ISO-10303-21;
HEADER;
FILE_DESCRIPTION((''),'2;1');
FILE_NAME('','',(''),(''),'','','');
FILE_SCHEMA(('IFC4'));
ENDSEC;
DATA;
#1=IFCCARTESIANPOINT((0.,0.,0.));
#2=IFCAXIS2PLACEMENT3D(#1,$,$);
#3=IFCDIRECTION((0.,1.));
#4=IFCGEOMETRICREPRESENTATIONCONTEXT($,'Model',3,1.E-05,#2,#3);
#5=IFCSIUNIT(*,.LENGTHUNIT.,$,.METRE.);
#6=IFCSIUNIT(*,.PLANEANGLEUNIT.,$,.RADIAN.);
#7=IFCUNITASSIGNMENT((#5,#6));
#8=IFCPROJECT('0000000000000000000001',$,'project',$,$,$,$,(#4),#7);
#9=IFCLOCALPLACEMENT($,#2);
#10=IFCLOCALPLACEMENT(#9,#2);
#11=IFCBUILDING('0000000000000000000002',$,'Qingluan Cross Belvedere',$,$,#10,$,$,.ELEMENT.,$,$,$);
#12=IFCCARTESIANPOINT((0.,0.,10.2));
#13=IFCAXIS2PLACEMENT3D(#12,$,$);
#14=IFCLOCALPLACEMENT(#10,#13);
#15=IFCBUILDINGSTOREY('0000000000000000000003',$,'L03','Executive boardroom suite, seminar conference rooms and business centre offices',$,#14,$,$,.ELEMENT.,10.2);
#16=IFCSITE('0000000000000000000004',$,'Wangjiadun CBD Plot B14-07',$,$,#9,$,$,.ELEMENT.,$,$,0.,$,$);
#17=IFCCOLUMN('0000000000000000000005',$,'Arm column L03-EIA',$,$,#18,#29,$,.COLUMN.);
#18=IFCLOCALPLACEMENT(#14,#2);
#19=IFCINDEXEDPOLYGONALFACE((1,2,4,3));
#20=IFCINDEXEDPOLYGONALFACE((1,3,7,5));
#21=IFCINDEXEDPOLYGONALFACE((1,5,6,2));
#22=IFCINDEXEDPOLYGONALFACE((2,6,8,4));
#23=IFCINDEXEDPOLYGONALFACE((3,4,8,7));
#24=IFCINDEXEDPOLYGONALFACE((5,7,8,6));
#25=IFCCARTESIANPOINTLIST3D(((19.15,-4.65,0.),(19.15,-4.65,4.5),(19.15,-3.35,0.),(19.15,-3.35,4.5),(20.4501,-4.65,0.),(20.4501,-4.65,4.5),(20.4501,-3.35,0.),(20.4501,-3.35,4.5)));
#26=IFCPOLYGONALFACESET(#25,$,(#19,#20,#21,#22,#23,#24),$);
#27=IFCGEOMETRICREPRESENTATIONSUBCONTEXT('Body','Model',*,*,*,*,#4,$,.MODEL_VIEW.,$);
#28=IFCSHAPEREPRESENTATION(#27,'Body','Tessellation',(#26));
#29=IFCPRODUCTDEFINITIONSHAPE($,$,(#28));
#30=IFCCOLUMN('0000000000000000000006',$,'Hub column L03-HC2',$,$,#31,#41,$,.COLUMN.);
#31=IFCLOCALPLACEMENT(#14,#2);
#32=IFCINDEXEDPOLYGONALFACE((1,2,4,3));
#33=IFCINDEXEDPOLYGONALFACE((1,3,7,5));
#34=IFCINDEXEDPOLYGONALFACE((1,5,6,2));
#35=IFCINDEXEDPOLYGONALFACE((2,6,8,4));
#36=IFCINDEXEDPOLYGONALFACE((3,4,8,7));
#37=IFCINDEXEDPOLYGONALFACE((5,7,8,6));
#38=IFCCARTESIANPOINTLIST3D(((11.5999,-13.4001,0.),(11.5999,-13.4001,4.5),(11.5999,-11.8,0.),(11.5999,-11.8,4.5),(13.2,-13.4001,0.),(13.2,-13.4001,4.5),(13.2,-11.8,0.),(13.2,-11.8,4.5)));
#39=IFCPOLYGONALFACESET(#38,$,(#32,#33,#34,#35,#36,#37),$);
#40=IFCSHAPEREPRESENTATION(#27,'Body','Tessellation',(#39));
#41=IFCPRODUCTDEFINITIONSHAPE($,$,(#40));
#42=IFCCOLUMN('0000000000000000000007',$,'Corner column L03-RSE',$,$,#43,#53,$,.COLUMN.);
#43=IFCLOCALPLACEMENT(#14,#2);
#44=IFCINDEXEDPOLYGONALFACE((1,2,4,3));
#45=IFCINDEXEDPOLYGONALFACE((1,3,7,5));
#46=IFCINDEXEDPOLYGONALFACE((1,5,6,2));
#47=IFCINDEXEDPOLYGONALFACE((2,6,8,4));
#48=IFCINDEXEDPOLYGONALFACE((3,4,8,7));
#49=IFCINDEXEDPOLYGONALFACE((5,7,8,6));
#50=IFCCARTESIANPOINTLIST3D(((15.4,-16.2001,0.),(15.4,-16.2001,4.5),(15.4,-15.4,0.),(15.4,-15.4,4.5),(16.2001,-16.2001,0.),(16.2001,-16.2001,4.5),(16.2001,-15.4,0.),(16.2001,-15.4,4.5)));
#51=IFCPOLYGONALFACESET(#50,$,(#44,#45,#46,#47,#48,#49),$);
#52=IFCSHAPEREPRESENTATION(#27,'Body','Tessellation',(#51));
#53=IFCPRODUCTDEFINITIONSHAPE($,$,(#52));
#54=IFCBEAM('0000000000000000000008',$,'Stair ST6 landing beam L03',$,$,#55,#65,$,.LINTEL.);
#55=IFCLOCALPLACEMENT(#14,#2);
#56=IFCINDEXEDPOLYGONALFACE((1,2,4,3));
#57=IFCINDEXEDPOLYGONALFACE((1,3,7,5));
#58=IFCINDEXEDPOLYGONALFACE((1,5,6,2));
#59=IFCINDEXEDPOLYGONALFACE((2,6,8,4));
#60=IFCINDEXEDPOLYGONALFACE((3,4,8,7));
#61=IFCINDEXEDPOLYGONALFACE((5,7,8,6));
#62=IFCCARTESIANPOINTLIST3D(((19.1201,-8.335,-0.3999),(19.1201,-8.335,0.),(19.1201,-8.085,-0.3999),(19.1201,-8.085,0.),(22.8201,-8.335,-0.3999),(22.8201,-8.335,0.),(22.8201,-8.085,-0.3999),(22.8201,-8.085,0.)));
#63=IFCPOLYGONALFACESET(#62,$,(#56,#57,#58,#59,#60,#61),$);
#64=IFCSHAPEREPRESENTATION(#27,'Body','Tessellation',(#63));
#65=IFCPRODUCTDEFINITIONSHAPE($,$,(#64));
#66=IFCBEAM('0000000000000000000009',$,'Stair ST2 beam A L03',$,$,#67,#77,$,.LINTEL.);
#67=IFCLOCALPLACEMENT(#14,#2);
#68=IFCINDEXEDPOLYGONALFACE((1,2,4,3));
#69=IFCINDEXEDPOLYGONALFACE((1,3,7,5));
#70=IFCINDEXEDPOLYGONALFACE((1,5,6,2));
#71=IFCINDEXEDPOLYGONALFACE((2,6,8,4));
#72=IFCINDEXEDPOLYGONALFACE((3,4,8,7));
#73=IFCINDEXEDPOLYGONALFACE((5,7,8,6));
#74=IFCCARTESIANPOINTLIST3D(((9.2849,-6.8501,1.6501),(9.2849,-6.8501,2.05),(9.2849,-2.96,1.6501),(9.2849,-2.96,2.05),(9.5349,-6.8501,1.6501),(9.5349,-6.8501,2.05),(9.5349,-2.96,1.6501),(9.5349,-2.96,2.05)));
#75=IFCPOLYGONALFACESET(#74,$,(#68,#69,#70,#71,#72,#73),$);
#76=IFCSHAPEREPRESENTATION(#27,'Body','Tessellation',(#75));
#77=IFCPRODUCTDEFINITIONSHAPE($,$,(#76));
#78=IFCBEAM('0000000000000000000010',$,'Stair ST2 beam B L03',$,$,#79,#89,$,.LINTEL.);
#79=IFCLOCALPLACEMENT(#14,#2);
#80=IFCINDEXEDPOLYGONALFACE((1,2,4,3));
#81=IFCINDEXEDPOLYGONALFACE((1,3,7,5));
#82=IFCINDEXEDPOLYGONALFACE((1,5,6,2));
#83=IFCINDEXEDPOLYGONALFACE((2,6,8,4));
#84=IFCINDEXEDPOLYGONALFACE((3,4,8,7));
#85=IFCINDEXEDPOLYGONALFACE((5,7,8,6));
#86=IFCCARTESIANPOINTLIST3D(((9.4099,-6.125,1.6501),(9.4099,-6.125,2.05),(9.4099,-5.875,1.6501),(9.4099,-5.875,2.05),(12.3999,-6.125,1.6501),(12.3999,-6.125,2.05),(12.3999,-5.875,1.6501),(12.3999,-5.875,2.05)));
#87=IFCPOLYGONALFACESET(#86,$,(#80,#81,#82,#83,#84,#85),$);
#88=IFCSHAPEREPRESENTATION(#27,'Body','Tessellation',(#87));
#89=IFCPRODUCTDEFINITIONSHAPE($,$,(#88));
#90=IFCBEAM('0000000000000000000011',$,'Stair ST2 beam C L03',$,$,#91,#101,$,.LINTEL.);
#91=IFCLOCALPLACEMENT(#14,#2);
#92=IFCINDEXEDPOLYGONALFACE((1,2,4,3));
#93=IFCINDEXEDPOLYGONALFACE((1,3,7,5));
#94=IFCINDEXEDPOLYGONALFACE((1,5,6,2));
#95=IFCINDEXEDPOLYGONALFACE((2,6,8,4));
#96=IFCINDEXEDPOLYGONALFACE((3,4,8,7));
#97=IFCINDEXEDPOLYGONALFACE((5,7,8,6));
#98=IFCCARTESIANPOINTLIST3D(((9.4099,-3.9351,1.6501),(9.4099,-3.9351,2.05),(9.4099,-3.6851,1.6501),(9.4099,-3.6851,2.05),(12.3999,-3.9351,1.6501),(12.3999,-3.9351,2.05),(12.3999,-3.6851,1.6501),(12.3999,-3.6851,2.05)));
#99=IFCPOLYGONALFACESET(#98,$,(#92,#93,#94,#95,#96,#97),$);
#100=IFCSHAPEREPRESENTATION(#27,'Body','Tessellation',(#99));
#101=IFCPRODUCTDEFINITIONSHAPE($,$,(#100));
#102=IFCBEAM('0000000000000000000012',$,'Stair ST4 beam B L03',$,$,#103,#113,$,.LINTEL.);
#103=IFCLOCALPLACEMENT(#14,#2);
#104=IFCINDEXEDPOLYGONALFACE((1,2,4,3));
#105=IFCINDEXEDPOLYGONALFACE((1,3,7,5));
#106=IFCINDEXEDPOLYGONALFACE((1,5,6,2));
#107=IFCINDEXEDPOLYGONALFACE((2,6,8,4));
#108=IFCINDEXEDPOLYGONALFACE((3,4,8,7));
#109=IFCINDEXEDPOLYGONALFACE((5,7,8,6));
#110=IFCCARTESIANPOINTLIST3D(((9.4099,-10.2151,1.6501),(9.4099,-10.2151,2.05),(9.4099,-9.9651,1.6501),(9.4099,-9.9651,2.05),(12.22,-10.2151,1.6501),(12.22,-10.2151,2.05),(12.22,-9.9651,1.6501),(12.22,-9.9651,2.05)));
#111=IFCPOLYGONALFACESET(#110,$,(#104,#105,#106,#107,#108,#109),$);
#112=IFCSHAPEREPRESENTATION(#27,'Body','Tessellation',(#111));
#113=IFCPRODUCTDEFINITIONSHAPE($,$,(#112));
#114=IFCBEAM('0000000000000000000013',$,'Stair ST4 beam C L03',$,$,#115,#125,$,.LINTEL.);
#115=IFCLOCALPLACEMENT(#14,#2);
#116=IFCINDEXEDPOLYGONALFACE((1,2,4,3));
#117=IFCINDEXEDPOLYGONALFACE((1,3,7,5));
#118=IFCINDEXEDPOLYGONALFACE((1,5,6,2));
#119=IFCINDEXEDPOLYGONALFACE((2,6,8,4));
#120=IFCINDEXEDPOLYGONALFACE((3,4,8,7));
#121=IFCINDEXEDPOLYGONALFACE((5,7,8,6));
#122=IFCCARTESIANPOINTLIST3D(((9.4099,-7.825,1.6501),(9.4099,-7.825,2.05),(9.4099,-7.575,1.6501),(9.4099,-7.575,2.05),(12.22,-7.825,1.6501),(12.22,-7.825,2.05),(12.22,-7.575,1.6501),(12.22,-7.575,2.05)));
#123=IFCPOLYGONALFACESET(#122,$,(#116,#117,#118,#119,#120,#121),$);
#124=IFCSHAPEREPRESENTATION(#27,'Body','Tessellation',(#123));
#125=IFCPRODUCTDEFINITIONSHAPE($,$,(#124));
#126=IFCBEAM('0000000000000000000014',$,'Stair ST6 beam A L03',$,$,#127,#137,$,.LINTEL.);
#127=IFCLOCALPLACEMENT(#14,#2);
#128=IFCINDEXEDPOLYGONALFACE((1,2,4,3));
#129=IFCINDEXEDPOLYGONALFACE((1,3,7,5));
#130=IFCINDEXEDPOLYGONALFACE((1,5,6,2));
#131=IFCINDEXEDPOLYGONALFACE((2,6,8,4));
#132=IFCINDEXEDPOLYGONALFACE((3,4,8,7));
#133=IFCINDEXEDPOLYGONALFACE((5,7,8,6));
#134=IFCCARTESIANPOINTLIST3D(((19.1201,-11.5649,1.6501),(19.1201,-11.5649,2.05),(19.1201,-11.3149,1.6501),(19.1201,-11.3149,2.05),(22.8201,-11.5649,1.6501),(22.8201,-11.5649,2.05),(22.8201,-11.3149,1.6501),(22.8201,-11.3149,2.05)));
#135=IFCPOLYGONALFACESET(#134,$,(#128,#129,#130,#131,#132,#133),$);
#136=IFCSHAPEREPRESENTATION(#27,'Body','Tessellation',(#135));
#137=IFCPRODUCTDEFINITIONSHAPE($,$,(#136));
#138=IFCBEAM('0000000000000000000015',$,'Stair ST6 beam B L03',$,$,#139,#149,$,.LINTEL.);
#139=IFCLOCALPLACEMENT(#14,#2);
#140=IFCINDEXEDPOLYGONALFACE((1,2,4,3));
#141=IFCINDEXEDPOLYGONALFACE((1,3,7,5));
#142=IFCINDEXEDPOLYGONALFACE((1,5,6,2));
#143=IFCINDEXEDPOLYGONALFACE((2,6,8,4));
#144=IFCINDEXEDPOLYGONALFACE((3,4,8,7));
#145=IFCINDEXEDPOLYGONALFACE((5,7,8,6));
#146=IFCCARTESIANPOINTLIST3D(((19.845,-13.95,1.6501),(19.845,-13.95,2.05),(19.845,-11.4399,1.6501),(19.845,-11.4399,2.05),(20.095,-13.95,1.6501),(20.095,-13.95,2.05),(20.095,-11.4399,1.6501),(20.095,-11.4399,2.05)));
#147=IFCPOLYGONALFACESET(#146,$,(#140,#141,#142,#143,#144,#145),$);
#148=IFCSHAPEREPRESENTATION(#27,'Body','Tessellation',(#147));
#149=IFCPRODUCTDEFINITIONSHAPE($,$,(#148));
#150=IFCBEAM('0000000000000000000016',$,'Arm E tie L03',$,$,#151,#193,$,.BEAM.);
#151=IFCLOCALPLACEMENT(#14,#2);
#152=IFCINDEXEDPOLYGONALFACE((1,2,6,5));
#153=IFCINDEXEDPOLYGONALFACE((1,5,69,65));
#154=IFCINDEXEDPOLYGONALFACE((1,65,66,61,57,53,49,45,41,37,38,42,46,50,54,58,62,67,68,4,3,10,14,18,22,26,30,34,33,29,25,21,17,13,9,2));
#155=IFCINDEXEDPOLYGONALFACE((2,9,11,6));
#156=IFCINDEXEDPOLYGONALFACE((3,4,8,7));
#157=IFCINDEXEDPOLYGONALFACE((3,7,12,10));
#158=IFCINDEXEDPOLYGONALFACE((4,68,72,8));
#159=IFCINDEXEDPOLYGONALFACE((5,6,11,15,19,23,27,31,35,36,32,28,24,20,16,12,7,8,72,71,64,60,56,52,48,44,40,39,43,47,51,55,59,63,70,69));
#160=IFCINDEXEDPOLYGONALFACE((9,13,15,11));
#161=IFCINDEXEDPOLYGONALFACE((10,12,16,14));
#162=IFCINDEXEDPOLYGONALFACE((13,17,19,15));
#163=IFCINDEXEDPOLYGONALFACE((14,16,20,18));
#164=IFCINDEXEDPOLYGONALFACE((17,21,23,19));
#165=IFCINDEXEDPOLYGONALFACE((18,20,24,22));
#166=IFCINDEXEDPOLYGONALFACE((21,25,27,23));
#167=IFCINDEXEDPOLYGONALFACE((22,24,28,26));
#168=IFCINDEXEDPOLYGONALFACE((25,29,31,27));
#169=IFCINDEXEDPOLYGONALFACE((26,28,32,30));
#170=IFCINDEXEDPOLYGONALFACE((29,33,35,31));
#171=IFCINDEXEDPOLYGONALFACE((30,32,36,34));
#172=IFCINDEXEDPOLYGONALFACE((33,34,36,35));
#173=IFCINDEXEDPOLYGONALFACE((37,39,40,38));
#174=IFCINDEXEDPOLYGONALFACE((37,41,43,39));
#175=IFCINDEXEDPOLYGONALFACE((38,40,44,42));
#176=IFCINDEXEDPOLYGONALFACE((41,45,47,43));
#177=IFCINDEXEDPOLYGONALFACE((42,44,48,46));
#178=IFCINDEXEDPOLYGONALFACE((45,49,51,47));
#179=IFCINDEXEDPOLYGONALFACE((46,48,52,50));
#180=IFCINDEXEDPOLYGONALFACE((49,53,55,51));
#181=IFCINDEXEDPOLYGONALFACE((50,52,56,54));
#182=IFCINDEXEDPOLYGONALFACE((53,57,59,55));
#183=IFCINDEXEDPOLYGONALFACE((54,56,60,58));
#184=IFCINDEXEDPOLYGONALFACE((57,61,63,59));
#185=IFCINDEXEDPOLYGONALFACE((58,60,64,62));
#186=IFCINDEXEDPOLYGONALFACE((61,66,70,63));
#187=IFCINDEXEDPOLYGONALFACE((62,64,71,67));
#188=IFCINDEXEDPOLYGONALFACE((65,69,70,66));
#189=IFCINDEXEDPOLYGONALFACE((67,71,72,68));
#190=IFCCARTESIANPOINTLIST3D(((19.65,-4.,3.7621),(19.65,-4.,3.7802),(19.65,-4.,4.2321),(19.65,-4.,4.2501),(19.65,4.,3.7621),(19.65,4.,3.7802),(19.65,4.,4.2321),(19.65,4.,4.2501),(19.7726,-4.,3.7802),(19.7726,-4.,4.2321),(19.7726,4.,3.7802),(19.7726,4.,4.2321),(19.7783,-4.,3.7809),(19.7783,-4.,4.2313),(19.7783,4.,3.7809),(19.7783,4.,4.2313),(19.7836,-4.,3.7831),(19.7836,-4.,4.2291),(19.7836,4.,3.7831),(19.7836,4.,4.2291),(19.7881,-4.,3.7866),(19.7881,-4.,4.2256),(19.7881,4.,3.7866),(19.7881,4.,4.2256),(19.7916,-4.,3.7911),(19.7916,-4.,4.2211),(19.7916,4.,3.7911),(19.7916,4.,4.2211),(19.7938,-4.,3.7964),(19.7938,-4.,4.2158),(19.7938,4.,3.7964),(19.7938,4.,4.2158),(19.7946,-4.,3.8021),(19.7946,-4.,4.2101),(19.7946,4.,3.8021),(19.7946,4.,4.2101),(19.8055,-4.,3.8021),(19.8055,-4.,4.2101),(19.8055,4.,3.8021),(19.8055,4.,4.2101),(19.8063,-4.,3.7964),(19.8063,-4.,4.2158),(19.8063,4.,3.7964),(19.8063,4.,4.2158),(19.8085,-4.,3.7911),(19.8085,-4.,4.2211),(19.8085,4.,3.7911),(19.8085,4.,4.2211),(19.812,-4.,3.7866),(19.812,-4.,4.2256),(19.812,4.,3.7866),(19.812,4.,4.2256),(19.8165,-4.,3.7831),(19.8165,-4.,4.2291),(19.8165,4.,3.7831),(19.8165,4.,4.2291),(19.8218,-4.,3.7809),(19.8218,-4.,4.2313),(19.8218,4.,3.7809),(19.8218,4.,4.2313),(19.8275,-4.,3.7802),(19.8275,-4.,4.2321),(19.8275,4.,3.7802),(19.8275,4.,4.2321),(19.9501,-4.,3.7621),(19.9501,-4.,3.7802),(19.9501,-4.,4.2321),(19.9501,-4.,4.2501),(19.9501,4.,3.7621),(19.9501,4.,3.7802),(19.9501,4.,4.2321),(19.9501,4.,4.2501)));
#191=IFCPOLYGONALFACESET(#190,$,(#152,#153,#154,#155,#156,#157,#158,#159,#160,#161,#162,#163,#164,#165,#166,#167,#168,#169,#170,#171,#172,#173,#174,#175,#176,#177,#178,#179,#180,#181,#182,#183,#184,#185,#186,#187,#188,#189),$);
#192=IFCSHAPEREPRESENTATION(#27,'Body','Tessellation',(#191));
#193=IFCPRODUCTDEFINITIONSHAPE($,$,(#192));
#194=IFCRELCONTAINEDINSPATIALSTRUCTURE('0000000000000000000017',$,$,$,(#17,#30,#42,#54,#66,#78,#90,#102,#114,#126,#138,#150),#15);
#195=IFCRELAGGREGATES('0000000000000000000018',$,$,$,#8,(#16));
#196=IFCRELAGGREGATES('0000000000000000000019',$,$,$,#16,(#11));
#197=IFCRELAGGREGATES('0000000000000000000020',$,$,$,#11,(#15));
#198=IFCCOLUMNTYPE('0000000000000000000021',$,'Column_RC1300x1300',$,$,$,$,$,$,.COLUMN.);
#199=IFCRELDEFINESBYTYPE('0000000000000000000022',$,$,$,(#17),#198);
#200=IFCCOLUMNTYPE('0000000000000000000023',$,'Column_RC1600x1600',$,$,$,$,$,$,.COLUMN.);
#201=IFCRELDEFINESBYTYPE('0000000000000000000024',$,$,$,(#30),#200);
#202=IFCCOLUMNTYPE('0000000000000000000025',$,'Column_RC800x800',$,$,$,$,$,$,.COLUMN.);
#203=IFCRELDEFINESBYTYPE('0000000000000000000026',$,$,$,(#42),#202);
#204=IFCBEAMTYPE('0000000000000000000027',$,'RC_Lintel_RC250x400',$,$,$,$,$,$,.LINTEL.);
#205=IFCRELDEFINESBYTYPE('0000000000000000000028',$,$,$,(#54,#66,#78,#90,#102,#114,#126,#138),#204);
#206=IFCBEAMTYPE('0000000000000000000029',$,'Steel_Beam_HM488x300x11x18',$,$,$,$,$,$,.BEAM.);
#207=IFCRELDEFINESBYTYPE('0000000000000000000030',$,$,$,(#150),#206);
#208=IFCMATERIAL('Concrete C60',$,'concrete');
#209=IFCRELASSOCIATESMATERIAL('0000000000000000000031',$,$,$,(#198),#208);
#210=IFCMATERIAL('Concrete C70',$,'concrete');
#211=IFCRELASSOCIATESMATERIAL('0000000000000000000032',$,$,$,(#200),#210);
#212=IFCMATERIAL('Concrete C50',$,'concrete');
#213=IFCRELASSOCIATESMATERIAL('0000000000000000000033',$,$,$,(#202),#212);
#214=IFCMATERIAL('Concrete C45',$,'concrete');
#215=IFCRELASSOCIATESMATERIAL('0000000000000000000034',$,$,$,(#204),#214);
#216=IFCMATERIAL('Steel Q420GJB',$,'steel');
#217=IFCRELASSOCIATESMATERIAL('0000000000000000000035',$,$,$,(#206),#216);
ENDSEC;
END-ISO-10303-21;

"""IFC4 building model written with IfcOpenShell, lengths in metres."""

from ifc_helpers import new_model, si_unit, direction, frame, origin, origin_2d, place, context, subcontext, project, spatial, rectangle, i_section, extrude, material, material_profile, profile_set, type_object, element, save


model = new_model("IFC4")

# Units and contexts
model_context = context("Model", 3, precision=1e-05, world=origin(), true_north=direction((0.0, 1.0)))
body_context = subcontext(model_context, "Body", "Model", "MODEL_VIEW")
ifc_project = project(units=[si_unit("LENGTHUNIT", "METRE"), si_unit("PLANEANGLEUNIT", "RADIAN")], contexts=[model_context])

# Site, building, storey
site_placement = place(None, origin())
site = spatial("IfcSite", under=ifc_project, at=site_placement, Name="Wangjiadun CBD Plot B14-07", CompositionType="ELEMENT", RefElevation=0.0)
building_placement = place(site_placement, origin())
building = spatial("IfcBuilding", under=site, at=building_placement, Name="Qingluan Cross Belvedere", CompositionType="ELEMENT")
storey_placement = place(building_placement, frame((0.0, 0.0, 10.2)))
storey = spatial("IfcBuildingStorey", under=building, at=storey_placement, Name="L03", Description="Executive boardroom suite, seminar conference rooms and business centre offices", CompositionType="ELEMENT", Elevation=10.2)

# Columns
ifc_material_1 = material(Name="Concrete C60", Category="concrete")
ifc_material_profile_1 = material_profile(ifc_material_1, rectangle(XDim=1.3, YDim=1.3, at=origin_2d()), Name="RC1300x1300")
ifc_profile_set_1 = profile_set([ifc_material_profile_1], Name="Concrete C60")
column_type_1 = type_object("IfcColumnType", Name="Column_RC1300x1300", PredefinedType="COLUMN", material=ifc_profile_set_1)
column_1_placement = place(storey_placement, frame((19.8, -4.0, 0.0), z_axis=(0.0, 0.0, 1.0), x_axis=(1.0, 0.0, 0.0)))
element("IfcColumn", 1, at=column_1_placement, inside=storey, type_object=column_type_1, Name="Arm column L03-EIA", PredefinedType="COLUMN", context=body_context, shape_type="SweptSolid", body=[
    extrude(rectangle(XDim=1.3, YDim=1.3, at=origin_2d()), origin(), (0.0, 0.0, 1.0), 4.5),
])
ifc_material_2 = material(Name="Concrete C70", Category="concrete")
ifc_material_profile_2 = material_profile(ifc_material_2, rectangle(XDim=1.6001, YDim=1.6001, at=origin_2d()), Name="RC1600x1600")
ifc_profile_set_2 = profile_set([ifc_material_profile_2], Name="Concrete C70")
column_type_2 = type_object("IfcColumnType", Name="Column_RC1600x1600", PredefinedType="COLUMN", material=ifc_profile_set_2)
column_2_placement = place(storey_placement, frame((12.3999, -12.6001, 0.0), z_axis=(0.0, 0.0, 1.0), x_axis=(1.0, 0.0, 0.0)))
element("IfcColumn", 2, at=column_2_placement, inside=storey, type_object=column_type_2, Name="Hub column L03-HC2", PredefinedType="COLUMN", context=body_context, shape_type="SweptSolid", body=[
    extrude(rectangle(XDim=1.6001, YDim=1.6001, at=origin_2d()), origin(), (0.0, 0.0, 1.0), 4.5),
])
ifc_material_3 = material(Name="Concrete C50", Category="concrete")
ifc_material_profile_3 = material_profile(ifc_material_3, rectangle(XDim=0.8, YDim=0.8, at=origin_2d()), Name="RC800x800")
ifc_profile_set_3 = profile_set([ifc_material_profile_3], Name="Concrete C50")
column_type_3 = type_object("IfcColumnType", Name="Column_RC800x800", PredefinedType="COLUMN", material=ifc_profile_set_3)
column_3_placement = place(storey_placement, frame((15.8, -15.8, 0.0), z_axis=(0.0, 0.0, 1.0), x_axis=(1.0, 0.0, 0.0)))
element("IfcColumn", 3, at=column_3_placement, inside=storey, type_object=column_type_3, Name="Corner column L03-RSE", PredefinedType="COLUMN", context=body_context, shape_type="SweptSolid", body=[
    extrude(rectangle(XDim=0.8, YDim=0.8, at=origin_2d()), origin(), (0.0, 0.0, 1.0), 4.5),
])

# Beams
ifc_material_4 = material(Name="Concrete C45", Category="concrete")
ifc_material_profile_4 = material_profile(ifc_material_4, rectangle(XDim=0.25, YDim=0.3999, at=origin_2d()), Name="RC250x400")
ifc_profile_set_4 = profile_set([ifc_material_profile_4], Name="Concrete C45")
beam_type_1 = type_object("IfcBeamType", Name="RC_Lintel_RC250x400", PredefinedType="LINTEL", material=ifc_profile_set_4)
beam_1_placement = place(storey_placement, frame((19.1201, -8.21, -0.2), z_axis=(1.0, 0.0, 0.0), x_axis=(0.0, 1.0, 0.0)))
element("IfcBeam", 4, at=beam_1_placement, inside=storey, type_object=beam_type_1, Name="Stair ST6 landing beam L03", PredefinedType="LINTEL", context=body_context, shape_type="SweptSolid", body=[
    extrude(rectangle(XDim=0.25, YDim=0.3999, at=origin_2d()), origin(), (0.0, 0.0, 1.0), 3.7),
])
beam_2_placement = place(storey_placement, frame((9.4099, -6.8501, 1.8501), z_axis=(0.0, 1.0, 0.0), x_axis=(-1.0, 0.0, 0.0)))
element("IfcBeam", 5, at=beam_2_placement, inside=storey, type_object=beam_type_1, Name="Stair ST2 beam A L03", PredefinedType="LINTEL", context=body_context, shape_type="SweptSolid", body=[
    extrude(rectangle(XDim=0.25, YDim=0.3999, at=origin_2d()), origin(), (0.0, 0.0, 1.0), 3.8901),
])
for number, where, z_axis, x_axis, name in (
    (6, (12.3999, -6.0, 1.8501), (-1.0, 0.0, 0.0), (0.0, -1.0, 0.0), "Stair ST2 beam B L03"),
    (7, (12.3999, -3.8101, 1.8501), (-1.0, 0.0, 0.0), (0.0, -1.0, 0.0), "Stair ST2 beam C L03"),
):
    element("IfcBeam", number, at=place(storey_placement, frame(where, z_axis=z_axis, x_axis=x_axis)), inside=storey, type_object=beam_type_1, Name=name, PredefinedType="LINTEL", context=body_context, shape_type="SweptSolid", body=[
        extrude(rectangle(XDim=0.25, YDim=0.3999, at=origin_2d()), origin(), (0.0, 0.0, 1.0), 2.99),
    ])
for number, where, z_axis, x_axis, name in (
    (8, (12.22, -10.0901, 1.8501), (-1.0, 0.0, 0.0), (0.0, -1.0, 0.0), "Stair ST4 beam B L03"),
    (9, (12.22, -7.7, 1.8501), (-1.0, 0.0, 0.0), (0.0, -1.0, 0.0), "Stair ST4 beam C L03"),
):
    element("IfcBeam", number, at=place(storey_placement, frame(where, z_axis=z_axis, x_axis=x_axis)), inside=storey, type_object=beam_type_1, Name=name, PredefinedType="LINTEL", context=body_context, shape_type="SweptSolid", body=[
        extrude(rectangle(XDim=0.25, YDim=0.3999, at=origin_2d()), origin(), (0.0, 0.0, 1.0), 2.8101),
    ])
beam_3_placement = place(storey_placement, frame((19.1201, -11.4399, 1.8501), z_axis=(1.0, 0.0, 0.0), x_axis=(0.0, 1.0, 0.0)))
element("IfcBeam", 10, at=beam_3_placement, inside=storey, type_object=beam_type_1, Name="Stair ST6 beam A L03", PredefinedType="LINTEL", context=body_context, shape_type="SweptSolid", body=[
    extrude(rectangle(XDim=0.25, YDim=0.3999, at=origin_2d()), origin(), (0.0, 0.0, 1.0), 3.7),
])
beam_4_placement = place(storey_placement, frame((19.97, -13.95, 1.8501), z_axis=(0.0, 1.0, 0.0), x_axis=(-1.0, 0.0, 0.0)))
element("IfcBeam", 11, at=beam_4_placement, inside=storey, type_object=beam_type_1, Name="Stair ST6 beam B L03", PredefinedType="LINTEL", context=body_context, shape_type="SweptSolid", body=[
    extrude(rectangle(XDim=0.25, YDim=0.3999, at=origin_2d()), origin(), (0.0, 0.0, 1.0), 2.51),
])
ifc_material_5 = material(Name="Steel Q420GJB", Category="steel")
ifc_material_profile_5 = material_profile(ifc_material_5, i_section(OverallWidth=0.3, OverallDepth=0.488, WebThickness=0.011, FlangeThickness=0.0181, FilletRadius=0.022, at=origin_2d()), Name="HM488x300x11x18")
ifc_profile_set_5 = profile_set([ifc_material_profile_5], Name="Steel Q420GJB")
beam_type_2 = type_object("IfcBeamType", Name="Steel_Beam_HM488x300x11x18", PredefinedType="BEAM", material=ifc_profile_set_5)
beam_5_placement = place(storey_placement, frame((19.8, -4.0, 4.0061), z_axis=(0.0, 1.0, 0.0), x_axis=(-1.0, 0.0, 0.0)))
element("IfcBeam", 12, at=beam_5_placement, inside=storey, type_object=beam_type_2, Name="Arm E tie L03", PredefinedType="BEAM", context=body_context, shape_type="SweptSolid", body=[
    extrude(i_section(OverallWidth=0.3, OverallDepth=0.488, WebThickness=0.011, FlangeThickness=0.0181, FilletRadius=0.022, at=origin_2d()), origin(), (0.0, 0.0, 1.0), 8.0),
])

save(model, "model.ifc")
